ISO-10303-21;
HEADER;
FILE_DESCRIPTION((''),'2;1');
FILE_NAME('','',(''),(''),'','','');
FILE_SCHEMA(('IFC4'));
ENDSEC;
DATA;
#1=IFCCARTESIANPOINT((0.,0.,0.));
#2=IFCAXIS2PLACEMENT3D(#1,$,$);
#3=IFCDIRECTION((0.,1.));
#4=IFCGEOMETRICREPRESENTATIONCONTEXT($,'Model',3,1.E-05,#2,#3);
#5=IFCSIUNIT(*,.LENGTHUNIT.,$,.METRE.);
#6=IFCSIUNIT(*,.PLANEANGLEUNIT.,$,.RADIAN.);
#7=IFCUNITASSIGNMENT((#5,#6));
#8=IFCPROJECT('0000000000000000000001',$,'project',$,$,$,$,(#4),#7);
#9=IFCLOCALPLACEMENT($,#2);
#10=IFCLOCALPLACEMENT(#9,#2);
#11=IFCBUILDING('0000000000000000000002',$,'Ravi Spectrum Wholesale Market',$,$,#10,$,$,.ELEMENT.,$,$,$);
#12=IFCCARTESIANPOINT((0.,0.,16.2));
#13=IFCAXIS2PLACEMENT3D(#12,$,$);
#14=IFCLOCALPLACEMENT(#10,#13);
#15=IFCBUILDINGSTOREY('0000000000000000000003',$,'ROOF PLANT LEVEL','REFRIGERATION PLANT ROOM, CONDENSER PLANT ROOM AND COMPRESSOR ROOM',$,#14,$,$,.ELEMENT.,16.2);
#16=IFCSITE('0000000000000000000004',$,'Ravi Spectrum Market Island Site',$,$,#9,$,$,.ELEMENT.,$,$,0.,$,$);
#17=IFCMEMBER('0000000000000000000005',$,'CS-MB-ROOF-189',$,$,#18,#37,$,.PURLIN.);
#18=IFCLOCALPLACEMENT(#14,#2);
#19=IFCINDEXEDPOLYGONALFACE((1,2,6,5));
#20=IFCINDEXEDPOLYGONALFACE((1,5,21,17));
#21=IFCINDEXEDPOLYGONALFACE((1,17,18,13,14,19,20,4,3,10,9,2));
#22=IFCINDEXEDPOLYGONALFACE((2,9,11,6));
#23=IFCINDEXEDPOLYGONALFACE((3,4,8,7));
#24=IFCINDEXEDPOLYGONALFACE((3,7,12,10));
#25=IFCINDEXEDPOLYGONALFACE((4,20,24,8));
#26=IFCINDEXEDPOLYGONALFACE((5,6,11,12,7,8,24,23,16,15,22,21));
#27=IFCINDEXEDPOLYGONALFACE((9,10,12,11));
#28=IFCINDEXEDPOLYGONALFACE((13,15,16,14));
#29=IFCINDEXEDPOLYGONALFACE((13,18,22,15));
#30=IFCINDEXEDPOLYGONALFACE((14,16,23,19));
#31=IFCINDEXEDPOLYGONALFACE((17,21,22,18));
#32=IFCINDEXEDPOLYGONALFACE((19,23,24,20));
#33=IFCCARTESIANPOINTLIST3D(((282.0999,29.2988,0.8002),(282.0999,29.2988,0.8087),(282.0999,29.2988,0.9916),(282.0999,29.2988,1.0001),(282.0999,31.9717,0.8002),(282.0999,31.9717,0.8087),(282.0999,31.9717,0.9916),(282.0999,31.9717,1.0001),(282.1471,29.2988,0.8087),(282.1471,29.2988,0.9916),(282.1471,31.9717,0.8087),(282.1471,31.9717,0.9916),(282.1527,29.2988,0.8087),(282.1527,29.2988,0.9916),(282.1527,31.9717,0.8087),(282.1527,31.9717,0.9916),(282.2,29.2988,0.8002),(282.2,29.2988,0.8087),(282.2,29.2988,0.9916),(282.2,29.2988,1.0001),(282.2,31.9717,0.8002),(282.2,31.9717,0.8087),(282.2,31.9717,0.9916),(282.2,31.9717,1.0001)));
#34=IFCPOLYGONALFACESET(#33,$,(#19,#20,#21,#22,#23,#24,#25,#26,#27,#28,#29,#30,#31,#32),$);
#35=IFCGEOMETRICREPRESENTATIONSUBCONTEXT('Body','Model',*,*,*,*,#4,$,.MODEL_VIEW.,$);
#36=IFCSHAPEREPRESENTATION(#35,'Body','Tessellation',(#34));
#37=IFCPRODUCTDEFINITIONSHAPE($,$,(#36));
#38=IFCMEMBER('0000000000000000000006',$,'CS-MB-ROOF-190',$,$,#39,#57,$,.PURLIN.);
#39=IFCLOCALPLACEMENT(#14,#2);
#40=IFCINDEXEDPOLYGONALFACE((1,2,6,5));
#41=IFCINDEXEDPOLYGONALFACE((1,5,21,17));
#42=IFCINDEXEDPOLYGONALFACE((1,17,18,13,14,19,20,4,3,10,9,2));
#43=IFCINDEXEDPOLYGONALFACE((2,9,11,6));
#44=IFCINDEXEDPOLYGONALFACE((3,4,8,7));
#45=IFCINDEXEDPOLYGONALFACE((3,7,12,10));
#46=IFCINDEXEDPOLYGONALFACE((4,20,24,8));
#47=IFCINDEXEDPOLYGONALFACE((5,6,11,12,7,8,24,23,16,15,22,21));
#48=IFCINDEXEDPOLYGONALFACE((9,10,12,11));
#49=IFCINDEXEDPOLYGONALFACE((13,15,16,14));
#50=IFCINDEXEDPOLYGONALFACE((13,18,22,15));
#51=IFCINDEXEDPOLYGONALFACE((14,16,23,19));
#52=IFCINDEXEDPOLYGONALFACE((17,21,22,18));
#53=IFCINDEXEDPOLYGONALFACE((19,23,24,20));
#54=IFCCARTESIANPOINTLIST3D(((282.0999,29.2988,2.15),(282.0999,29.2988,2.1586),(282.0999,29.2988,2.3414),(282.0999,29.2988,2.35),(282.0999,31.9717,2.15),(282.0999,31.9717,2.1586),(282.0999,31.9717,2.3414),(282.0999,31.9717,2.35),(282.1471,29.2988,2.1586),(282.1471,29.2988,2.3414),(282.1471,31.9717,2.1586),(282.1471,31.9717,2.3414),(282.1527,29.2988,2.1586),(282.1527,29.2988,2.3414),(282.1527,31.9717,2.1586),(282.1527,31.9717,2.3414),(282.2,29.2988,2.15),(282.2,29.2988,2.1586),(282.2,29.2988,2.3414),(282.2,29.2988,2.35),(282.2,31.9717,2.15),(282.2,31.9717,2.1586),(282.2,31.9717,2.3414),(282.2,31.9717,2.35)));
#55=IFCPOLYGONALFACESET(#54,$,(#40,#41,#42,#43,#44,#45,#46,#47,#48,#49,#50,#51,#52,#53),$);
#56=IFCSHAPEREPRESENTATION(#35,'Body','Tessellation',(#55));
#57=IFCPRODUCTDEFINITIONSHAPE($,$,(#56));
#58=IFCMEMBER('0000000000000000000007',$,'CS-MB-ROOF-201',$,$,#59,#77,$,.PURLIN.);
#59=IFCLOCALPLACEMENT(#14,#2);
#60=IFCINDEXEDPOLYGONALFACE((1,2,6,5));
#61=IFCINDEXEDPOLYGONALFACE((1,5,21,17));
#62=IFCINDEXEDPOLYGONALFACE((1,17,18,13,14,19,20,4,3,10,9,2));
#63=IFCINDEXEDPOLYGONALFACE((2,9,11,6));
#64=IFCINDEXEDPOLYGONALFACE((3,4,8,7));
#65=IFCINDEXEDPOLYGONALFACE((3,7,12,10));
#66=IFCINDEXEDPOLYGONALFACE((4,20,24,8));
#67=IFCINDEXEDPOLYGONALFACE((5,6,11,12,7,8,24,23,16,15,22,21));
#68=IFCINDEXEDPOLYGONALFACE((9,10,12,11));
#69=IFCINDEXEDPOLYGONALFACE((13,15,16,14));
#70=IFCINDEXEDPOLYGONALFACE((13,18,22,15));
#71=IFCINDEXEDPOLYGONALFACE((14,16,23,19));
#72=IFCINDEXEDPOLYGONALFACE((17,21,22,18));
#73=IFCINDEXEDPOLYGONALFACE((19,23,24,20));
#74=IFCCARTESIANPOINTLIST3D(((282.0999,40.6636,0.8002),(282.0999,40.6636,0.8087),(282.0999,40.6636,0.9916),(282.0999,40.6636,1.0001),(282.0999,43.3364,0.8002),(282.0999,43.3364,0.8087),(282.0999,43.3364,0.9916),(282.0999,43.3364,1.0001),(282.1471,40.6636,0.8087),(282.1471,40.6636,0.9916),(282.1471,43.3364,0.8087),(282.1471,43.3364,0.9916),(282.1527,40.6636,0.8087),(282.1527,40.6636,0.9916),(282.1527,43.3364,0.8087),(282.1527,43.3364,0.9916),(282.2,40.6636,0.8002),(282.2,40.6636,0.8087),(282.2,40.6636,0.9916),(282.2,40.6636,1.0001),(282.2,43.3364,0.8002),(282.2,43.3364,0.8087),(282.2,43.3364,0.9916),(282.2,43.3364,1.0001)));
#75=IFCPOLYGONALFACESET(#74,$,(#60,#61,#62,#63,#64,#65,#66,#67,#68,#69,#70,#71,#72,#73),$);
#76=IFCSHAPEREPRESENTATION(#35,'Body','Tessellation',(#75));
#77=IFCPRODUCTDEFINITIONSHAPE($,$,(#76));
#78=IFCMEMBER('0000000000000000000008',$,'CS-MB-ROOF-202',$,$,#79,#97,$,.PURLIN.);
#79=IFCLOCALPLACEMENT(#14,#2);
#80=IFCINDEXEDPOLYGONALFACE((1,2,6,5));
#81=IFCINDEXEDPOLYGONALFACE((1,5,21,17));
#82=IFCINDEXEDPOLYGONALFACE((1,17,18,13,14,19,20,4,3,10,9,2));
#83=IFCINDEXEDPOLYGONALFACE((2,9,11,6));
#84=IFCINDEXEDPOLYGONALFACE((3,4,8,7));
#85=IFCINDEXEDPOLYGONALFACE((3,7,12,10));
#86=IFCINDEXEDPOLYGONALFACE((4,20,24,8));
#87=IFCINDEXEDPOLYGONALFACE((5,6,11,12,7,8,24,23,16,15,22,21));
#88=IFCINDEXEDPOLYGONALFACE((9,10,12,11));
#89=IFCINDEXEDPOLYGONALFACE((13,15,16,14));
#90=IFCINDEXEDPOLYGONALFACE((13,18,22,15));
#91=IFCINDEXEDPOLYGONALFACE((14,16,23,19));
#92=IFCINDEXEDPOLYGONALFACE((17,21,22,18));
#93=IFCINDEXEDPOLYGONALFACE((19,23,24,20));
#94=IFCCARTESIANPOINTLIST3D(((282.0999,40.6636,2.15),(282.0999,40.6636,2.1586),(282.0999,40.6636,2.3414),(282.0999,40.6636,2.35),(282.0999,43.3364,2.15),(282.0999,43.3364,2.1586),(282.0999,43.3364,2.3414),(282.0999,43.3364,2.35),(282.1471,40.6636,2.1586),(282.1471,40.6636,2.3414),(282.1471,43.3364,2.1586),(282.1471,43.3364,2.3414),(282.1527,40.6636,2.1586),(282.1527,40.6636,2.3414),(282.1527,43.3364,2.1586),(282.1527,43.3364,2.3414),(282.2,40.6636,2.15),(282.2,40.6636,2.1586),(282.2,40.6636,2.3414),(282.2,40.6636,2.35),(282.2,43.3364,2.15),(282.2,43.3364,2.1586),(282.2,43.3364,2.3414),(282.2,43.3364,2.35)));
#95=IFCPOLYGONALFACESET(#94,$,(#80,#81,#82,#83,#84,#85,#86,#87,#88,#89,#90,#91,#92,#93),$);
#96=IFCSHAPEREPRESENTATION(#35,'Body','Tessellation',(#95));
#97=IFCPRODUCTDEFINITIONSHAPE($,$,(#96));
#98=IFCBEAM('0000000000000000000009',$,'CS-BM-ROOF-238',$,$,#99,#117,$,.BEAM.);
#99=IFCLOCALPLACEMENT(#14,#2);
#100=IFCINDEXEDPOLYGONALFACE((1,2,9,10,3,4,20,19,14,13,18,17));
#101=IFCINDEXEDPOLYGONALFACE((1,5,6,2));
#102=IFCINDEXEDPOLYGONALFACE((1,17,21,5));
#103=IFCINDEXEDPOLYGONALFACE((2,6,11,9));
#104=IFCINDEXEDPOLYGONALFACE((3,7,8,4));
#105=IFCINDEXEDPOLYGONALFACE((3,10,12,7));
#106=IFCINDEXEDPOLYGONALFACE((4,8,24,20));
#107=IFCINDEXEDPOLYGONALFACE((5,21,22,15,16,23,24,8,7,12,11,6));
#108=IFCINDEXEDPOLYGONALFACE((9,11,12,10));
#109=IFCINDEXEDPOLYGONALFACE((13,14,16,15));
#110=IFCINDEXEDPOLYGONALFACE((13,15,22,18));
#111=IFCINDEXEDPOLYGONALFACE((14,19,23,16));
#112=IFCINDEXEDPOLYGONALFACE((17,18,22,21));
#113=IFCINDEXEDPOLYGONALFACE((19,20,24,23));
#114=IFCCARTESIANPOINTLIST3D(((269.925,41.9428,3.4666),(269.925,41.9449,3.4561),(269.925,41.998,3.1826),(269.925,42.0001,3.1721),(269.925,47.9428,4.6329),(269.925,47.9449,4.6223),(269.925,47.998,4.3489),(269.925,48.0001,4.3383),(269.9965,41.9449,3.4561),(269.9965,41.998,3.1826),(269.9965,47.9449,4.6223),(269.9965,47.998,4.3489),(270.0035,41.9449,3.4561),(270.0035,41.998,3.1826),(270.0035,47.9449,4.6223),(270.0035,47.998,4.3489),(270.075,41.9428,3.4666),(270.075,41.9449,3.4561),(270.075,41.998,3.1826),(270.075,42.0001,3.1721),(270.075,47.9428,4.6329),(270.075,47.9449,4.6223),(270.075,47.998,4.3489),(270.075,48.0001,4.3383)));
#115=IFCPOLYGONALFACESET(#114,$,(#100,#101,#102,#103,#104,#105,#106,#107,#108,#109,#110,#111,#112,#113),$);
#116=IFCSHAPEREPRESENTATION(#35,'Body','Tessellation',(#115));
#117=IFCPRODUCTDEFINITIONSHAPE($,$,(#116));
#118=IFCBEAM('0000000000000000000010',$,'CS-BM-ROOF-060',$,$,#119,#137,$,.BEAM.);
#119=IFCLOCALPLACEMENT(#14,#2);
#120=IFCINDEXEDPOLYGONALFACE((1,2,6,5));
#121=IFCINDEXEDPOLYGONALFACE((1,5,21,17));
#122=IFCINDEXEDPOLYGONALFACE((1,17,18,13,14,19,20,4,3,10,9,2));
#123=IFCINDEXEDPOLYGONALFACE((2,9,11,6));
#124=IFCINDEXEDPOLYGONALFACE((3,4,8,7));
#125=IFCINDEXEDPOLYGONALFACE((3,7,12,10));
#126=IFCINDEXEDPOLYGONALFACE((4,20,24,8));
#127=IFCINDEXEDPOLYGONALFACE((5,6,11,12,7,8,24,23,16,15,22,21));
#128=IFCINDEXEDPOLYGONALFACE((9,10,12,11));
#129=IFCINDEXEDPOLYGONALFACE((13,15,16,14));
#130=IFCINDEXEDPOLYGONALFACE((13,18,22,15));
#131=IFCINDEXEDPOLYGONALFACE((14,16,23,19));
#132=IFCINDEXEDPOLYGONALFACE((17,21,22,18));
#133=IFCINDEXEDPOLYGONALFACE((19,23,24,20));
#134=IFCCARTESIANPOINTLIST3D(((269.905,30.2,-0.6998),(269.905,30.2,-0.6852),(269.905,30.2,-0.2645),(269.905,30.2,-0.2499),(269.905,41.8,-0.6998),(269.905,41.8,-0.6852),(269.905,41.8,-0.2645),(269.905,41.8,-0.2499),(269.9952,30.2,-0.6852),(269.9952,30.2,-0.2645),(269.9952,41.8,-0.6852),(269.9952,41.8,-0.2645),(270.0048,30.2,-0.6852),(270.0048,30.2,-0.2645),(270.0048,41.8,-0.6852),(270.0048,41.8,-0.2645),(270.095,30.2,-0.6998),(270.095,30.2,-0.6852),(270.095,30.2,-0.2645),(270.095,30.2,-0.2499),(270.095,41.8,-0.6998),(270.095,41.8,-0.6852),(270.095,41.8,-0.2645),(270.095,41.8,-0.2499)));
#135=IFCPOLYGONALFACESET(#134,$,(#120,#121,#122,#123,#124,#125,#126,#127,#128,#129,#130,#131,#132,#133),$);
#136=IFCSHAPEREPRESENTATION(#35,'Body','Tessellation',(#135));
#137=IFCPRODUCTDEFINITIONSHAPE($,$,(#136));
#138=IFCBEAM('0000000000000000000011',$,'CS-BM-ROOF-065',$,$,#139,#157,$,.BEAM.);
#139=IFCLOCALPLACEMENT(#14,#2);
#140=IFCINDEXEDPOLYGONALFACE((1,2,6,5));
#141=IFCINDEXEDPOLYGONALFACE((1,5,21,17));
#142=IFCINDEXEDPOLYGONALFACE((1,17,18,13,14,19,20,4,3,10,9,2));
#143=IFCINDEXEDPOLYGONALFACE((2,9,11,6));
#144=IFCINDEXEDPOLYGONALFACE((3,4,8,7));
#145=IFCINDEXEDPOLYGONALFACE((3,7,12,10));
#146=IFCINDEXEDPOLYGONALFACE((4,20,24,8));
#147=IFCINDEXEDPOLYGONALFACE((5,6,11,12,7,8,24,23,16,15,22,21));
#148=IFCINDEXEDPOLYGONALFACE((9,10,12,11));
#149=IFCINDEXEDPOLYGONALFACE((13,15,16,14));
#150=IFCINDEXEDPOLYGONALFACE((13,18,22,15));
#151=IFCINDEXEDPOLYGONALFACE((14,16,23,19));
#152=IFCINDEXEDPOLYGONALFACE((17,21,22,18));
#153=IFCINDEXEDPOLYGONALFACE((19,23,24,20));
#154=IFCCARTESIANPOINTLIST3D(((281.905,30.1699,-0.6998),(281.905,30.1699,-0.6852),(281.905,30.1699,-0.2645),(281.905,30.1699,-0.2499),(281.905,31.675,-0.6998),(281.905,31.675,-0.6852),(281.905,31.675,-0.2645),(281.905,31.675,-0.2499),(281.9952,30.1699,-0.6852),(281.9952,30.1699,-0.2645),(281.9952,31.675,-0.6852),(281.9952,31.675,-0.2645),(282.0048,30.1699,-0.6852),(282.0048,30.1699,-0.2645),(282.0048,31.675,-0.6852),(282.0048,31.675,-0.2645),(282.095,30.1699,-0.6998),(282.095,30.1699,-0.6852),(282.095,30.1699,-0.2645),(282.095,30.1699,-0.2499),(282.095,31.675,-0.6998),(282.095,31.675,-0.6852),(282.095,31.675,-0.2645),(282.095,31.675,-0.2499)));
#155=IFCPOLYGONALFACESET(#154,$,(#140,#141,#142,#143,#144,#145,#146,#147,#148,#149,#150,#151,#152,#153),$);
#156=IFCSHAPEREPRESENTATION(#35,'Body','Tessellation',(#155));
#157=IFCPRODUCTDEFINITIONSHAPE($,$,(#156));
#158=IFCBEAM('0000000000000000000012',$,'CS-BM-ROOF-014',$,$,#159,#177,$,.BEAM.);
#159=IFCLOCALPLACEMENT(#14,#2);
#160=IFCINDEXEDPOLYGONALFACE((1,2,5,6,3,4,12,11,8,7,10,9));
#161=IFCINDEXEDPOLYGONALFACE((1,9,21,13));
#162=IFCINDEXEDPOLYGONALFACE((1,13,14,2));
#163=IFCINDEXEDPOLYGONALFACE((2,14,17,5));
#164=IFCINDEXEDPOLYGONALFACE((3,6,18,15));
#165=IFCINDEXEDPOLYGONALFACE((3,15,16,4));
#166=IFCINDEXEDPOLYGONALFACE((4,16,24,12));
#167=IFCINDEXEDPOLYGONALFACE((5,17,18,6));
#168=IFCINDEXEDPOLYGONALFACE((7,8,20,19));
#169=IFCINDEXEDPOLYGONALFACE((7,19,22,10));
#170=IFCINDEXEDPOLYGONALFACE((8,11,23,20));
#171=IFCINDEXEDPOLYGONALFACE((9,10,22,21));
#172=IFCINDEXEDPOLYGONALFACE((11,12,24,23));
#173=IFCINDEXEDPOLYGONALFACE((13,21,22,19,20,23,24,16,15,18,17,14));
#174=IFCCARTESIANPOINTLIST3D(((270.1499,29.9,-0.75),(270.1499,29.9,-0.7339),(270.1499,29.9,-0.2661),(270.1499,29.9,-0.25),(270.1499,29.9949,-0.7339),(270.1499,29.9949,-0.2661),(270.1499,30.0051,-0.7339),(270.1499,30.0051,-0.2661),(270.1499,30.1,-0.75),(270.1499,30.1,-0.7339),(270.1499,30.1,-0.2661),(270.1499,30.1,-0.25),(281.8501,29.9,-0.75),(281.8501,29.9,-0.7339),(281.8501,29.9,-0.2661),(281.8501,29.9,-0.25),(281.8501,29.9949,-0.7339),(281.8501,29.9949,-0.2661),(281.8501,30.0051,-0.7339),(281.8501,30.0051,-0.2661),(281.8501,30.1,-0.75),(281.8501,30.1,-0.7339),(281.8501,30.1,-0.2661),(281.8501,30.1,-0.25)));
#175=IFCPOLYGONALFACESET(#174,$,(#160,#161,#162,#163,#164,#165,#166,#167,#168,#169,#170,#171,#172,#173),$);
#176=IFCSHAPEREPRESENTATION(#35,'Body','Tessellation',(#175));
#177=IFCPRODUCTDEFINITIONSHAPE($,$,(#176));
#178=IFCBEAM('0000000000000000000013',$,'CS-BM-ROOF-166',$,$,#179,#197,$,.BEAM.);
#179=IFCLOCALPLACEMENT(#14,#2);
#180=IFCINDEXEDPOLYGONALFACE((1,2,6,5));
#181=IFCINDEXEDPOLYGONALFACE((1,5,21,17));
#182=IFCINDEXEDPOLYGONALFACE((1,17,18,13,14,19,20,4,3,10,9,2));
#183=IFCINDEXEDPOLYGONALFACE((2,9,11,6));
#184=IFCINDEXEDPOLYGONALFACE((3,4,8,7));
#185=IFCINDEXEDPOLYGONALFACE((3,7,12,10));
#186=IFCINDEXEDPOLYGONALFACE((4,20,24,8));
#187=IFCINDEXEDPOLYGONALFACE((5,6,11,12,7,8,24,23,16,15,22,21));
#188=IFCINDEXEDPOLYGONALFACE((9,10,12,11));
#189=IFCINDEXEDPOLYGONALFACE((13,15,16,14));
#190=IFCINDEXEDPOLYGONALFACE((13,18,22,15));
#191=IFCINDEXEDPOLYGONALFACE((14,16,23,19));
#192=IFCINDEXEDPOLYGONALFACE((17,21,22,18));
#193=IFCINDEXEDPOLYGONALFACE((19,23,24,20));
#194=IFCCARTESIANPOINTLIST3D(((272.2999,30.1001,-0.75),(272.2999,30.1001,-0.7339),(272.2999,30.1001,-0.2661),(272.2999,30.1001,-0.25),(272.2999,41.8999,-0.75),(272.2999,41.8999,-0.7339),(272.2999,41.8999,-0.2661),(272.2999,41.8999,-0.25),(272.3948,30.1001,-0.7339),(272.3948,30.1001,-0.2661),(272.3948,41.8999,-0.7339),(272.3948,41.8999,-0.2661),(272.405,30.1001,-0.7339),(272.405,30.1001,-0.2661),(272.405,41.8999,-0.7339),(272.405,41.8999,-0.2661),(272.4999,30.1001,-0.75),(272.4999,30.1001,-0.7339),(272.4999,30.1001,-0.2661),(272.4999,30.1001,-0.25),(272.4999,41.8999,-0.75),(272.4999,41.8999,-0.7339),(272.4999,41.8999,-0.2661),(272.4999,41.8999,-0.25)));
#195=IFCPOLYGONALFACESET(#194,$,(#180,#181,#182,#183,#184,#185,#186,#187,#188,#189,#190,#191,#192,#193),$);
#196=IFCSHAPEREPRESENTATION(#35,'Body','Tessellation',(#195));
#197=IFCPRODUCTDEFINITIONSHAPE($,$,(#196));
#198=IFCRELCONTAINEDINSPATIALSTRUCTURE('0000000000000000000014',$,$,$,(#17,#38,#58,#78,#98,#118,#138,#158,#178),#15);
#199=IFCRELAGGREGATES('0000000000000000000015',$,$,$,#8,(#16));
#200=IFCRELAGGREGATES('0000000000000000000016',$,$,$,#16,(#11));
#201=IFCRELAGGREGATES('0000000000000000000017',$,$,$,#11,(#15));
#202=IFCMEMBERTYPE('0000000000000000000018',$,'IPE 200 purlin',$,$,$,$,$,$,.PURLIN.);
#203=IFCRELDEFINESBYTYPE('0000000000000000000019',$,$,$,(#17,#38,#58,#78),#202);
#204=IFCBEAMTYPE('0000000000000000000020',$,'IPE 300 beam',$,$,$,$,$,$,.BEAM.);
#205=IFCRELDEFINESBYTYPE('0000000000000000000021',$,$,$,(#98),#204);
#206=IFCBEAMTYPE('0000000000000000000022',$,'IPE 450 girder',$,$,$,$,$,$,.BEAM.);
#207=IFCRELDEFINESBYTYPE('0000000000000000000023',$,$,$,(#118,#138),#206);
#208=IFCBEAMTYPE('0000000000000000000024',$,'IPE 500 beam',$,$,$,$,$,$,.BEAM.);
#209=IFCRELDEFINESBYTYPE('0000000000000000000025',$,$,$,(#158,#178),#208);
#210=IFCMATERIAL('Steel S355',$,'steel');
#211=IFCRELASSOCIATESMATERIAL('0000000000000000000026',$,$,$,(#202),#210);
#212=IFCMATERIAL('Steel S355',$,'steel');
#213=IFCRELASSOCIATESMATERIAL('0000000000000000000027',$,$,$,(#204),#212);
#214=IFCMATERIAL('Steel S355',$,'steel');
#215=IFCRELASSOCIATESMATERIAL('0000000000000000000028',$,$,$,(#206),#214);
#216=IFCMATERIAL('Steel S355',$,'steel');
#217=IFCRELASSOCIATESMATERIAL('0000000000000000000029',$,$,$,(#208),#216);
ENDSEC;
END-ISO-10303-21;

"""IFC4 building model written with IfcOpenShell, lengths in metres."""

from ifc_helpers import new_model, si_unit, direction, frame, origin, origin_2d, place, context, subcontext, project, spatial, i_section, extrude, material, material_profile, profile_set, type_object, element, save


model = new_model("IFC4")

# Units and contexts
model_context = context("Model", 3, precision=1e-05, world=origin(), true_north=direction((0.0, 1.0)))
body_context = subcontext(model_context, "Body", "Model", "MODEL_VIEW")
ifc_project = project(units=[si_unit("LENGTHUNIT", "METRE"), si_unit("PLANEANGLEUNIT", "RADIAN")], contexts=[model_context])

# Site, building, storey
site_placement = place(None, origin())
site = spatial("IfcSite", under=ifc_project, at=site_placement, Name="Ravi Spectrum Market Island Site", CompositionType="ELEMENT", RefElevation=0.0)
building_placement = place(site_placement, origin())
building = spatial("IfcBuilding", under=site, at=building_placement, Name="Ravi Spectrum Wholesale Market", CompositionType="ELEMENT")
storey_placement = place(building_placement, frame((0.0, 0.0, 16.2)))
storey = spatial("IfcBuildingStorey", under=building, at=storey_placement, Name="ROOF PLANT LEVEL", Description="REFRIGERATION PLANT ROOM, CONDENSER PLANT ROOM AND COMPRESSOR ROOM", CompositionType="ELEMENT", Elevation=16.2)

# Members
ifc_material_1 = material(Name="Steel S355", Category="steel")
ifc_material_profile_1 = material_profile(ifc_material_1, i_section(OverallWidth=0.1001, OverallDepth=0.2, WebThickness=0.0056, FlangeThickness=0.0085, at=origin_2d()))
ifc_profile_set_1 = profile_set([ifc_material_profile_1], Name="Steel S355")
member_type = type_object("IfcMemberType", Name="IPE 200 purlin", PredefinedType="PURLIN", material=ifc_profile_set_1)
for number, where, z_axis, x_axis, name in (
    (1, (282.1499, 29.2988, 0.9001), (0.0, 1.0, 0.0), (-1.0, 0.0, 0.0), "CS-MB-ROOF-189"),
    (2, (282.1499, 29.2988, 2.25), (0.0, 1.0, 0.0), (-1.0, 0.0, 0.0), "CS-MB-ROOF-190"),
    (3, (282.1499, 40.6636, 0.9001), (0.0, 1.0, 0.0), (-1.0, 0.0, 0.0), "CS-MB-ROOF-201"),
    (4, (282.1499, 40.6636, 2.25), (0.0, 1.0, 0.0), (-1.0, 0.0, 0.0), "CS-MB-ROOF-202"),
):
    element("IfcMember", number, at=place(storey_placement, frame(where, z_axis=z_axis, x_axis=x_axis)), inside=storey, type_object=member_type, Name=name, PredefinedType="PURLIN", context=body_context, shape_type="SweptSolid", body=[
        extrude(i_section(OverallWidth=0.1001, OverallDepth=0.2, WebThickness=0.0056, FlangeThickness=0.0085, at=origin_2d()), origin(), (0.0, 0.0, 1.0), 2.6729),
    ])

# Beams
ifc_material_2 = material(Name="Steel S355", Category="steel")
ifc_material_profile_2 = material_profile(ifc_material_2, i_section(OverallWidth=0.1499, OverallDepth=0.3, WebThickness=0.0071, FlangeThickness=0.0107, at=origin_2d()))
ifc_profile_set_2 = profile_set([ifc_material_profile_2], Name="Steel S355")
beam_type_1 = type_object("IfcBeamType", Name="IPE 300 beam", PredefinedType="BEAM", material=ifc_profile_set_2)
beam_1_placement = place(storey_placement, frame((270.0, 41.9714, 3.3193), z_axis=(0.0, 0.981628, 0.190806), x_axis=(-1.0, 0.0, 0.0)))
element("IfcBeam", 5, at=beam_1_placement, inside=storey, type_object=beam_type_1, Name="CS-BM-ROOF-238", PredefinedType="BEAM", context=body_context, shape_type="SweptSolid", body=[
    extrude(i_section(OverallWidth=0.1499, OverallDepth=0.3, WebThickness=0.0071, FlangeThickness=0.0107, at=origin_2d()), origin(), (0.0, 0.0, 1.0), 6.1123),
])
ifc_material_3 = material(Name="Steel S355", Category="steel")
ifc_material_profile_3 = material_profile(ifc_material_3, i_section(OverallWidth=0.1899, OverallDepth=0.45, WebThickness=0.0095, FlangeThickness=0.0146, at=origin_2d()))
ifc_profile_set_3 = profile_set([ifc_material_profile_3], Name="Steel S355")
beam_type_2 = type_object("IfcBeamType", Name="IPE 450 girder", PredefinedType="BEAM", material=ifc_profile_set_3)
beam_2_placement = place(storey_placement, frame((270.0, 30.2, -0.4749), z_axis=(0.0, 1.0, 0.0), x_axis=(-1.0, 0.0, 0.0)))
element("IfcBeam", 6, at=beam_2_placement, inside=storey, type_object=beam_type_2, Name="CS-BM-ROOF-060", PredefinedType="BEAM", context=body_context, shape_type="SweptSolid", body=[
    extrude(i_section(OverallWidth=0.1899, OverallDepth=0.45, WebThickness=0.0095, FlangeThickness=0.0146, at=origin_2d()), origin(), (0.0, 0.0, 1.0), 11.6001),
])
beam_3_placement = place(storey_placement, frame((282.0, 30.1699, -0.4749), z_axis=(0.0, 1.0, 0.0), x_axis=(-1.0, 0.0, 0.0)))
element("IfcBeam", 7, at=beam_3_placement, inside=storey, type_object=beam_type_2, Name="CS-BM-ROOF-065", PredefinedType="BEAM", context=body_context, shape_type="SweptSolid", body=[
    extrude(i_section(OverallWidth=0.1899, OverallDepth=0.45, WebThickness=0.0095, FlangeThickness=0.0146, at=origin_2d()), origin(), (0.0, 0.0, 1.0), 1.5051),
])
ifc_material_4 = material(Name="Steel S355", Category="steel")
ifc_material_profile_4 = material_profile(ifc_material_4, i_section(OverallWidth=0.2, OverallDepth=0.5, WebThickness=0.0103, FlangeThickness=0.0161, at=origin_2d()))
ifc_profile_set_4 = profile_set([ifc_material_profile_4], Name="Steel S355")
beam_type_3 = type_object("IfcBeamType", Name="IPE 500 beam", PredefinedType="BEAM", material=ifc_profile_set_4)
beam_4_placement = place(storey_placement, frame((270.1499, 30.0, -0.5), z_axis=(1.0, 0.0, 0.0), x_axis=(0.0, 1.0, 0.0)))
element("IfcBeam", 8, at=beam_4_placement, inside=storey, type_object=beam_type_3, Name="CS-BM-ROOF-014", PredefinedType="BEAM", context=body_context, shape_type="SweptSolid", body=[
    extrude(i_section(OverallWidth=0.2, OverallDepth=0.5, WebThickness=0.0103, FlangeThickness=0.0161, at=origin_2d()), origin(), (0.0, 0.0, 1.0), 11.7002),
])
for number, where, z_axis, x_axis, name in (
    (9, (272.3999, 30.1001, -0.5), (0.0, 1.0, 0.0), (-1.0, 0.0, 0.0), "CS-BM-ROOF-166"),
):
    element("IfcBeam", number, at=place(storey_placement, frame(where, z_axis=z_axis, x_axis=x_axis)), inside=storey, type_object=beam_type_3, Name=name, PredefinedType="BEAM", context=body_context, shape_type="SweptSolid", body=[
        extrude(i_section(OverallWidth=0.2, OverallDepth=0.5, WebThickness=0.0103, FlangeThickness=0.0161, at=origin_2d()), origin(), (0.0, 0.0, 1.0), 11.7998),
    ])

save(model, "model.ifc")
